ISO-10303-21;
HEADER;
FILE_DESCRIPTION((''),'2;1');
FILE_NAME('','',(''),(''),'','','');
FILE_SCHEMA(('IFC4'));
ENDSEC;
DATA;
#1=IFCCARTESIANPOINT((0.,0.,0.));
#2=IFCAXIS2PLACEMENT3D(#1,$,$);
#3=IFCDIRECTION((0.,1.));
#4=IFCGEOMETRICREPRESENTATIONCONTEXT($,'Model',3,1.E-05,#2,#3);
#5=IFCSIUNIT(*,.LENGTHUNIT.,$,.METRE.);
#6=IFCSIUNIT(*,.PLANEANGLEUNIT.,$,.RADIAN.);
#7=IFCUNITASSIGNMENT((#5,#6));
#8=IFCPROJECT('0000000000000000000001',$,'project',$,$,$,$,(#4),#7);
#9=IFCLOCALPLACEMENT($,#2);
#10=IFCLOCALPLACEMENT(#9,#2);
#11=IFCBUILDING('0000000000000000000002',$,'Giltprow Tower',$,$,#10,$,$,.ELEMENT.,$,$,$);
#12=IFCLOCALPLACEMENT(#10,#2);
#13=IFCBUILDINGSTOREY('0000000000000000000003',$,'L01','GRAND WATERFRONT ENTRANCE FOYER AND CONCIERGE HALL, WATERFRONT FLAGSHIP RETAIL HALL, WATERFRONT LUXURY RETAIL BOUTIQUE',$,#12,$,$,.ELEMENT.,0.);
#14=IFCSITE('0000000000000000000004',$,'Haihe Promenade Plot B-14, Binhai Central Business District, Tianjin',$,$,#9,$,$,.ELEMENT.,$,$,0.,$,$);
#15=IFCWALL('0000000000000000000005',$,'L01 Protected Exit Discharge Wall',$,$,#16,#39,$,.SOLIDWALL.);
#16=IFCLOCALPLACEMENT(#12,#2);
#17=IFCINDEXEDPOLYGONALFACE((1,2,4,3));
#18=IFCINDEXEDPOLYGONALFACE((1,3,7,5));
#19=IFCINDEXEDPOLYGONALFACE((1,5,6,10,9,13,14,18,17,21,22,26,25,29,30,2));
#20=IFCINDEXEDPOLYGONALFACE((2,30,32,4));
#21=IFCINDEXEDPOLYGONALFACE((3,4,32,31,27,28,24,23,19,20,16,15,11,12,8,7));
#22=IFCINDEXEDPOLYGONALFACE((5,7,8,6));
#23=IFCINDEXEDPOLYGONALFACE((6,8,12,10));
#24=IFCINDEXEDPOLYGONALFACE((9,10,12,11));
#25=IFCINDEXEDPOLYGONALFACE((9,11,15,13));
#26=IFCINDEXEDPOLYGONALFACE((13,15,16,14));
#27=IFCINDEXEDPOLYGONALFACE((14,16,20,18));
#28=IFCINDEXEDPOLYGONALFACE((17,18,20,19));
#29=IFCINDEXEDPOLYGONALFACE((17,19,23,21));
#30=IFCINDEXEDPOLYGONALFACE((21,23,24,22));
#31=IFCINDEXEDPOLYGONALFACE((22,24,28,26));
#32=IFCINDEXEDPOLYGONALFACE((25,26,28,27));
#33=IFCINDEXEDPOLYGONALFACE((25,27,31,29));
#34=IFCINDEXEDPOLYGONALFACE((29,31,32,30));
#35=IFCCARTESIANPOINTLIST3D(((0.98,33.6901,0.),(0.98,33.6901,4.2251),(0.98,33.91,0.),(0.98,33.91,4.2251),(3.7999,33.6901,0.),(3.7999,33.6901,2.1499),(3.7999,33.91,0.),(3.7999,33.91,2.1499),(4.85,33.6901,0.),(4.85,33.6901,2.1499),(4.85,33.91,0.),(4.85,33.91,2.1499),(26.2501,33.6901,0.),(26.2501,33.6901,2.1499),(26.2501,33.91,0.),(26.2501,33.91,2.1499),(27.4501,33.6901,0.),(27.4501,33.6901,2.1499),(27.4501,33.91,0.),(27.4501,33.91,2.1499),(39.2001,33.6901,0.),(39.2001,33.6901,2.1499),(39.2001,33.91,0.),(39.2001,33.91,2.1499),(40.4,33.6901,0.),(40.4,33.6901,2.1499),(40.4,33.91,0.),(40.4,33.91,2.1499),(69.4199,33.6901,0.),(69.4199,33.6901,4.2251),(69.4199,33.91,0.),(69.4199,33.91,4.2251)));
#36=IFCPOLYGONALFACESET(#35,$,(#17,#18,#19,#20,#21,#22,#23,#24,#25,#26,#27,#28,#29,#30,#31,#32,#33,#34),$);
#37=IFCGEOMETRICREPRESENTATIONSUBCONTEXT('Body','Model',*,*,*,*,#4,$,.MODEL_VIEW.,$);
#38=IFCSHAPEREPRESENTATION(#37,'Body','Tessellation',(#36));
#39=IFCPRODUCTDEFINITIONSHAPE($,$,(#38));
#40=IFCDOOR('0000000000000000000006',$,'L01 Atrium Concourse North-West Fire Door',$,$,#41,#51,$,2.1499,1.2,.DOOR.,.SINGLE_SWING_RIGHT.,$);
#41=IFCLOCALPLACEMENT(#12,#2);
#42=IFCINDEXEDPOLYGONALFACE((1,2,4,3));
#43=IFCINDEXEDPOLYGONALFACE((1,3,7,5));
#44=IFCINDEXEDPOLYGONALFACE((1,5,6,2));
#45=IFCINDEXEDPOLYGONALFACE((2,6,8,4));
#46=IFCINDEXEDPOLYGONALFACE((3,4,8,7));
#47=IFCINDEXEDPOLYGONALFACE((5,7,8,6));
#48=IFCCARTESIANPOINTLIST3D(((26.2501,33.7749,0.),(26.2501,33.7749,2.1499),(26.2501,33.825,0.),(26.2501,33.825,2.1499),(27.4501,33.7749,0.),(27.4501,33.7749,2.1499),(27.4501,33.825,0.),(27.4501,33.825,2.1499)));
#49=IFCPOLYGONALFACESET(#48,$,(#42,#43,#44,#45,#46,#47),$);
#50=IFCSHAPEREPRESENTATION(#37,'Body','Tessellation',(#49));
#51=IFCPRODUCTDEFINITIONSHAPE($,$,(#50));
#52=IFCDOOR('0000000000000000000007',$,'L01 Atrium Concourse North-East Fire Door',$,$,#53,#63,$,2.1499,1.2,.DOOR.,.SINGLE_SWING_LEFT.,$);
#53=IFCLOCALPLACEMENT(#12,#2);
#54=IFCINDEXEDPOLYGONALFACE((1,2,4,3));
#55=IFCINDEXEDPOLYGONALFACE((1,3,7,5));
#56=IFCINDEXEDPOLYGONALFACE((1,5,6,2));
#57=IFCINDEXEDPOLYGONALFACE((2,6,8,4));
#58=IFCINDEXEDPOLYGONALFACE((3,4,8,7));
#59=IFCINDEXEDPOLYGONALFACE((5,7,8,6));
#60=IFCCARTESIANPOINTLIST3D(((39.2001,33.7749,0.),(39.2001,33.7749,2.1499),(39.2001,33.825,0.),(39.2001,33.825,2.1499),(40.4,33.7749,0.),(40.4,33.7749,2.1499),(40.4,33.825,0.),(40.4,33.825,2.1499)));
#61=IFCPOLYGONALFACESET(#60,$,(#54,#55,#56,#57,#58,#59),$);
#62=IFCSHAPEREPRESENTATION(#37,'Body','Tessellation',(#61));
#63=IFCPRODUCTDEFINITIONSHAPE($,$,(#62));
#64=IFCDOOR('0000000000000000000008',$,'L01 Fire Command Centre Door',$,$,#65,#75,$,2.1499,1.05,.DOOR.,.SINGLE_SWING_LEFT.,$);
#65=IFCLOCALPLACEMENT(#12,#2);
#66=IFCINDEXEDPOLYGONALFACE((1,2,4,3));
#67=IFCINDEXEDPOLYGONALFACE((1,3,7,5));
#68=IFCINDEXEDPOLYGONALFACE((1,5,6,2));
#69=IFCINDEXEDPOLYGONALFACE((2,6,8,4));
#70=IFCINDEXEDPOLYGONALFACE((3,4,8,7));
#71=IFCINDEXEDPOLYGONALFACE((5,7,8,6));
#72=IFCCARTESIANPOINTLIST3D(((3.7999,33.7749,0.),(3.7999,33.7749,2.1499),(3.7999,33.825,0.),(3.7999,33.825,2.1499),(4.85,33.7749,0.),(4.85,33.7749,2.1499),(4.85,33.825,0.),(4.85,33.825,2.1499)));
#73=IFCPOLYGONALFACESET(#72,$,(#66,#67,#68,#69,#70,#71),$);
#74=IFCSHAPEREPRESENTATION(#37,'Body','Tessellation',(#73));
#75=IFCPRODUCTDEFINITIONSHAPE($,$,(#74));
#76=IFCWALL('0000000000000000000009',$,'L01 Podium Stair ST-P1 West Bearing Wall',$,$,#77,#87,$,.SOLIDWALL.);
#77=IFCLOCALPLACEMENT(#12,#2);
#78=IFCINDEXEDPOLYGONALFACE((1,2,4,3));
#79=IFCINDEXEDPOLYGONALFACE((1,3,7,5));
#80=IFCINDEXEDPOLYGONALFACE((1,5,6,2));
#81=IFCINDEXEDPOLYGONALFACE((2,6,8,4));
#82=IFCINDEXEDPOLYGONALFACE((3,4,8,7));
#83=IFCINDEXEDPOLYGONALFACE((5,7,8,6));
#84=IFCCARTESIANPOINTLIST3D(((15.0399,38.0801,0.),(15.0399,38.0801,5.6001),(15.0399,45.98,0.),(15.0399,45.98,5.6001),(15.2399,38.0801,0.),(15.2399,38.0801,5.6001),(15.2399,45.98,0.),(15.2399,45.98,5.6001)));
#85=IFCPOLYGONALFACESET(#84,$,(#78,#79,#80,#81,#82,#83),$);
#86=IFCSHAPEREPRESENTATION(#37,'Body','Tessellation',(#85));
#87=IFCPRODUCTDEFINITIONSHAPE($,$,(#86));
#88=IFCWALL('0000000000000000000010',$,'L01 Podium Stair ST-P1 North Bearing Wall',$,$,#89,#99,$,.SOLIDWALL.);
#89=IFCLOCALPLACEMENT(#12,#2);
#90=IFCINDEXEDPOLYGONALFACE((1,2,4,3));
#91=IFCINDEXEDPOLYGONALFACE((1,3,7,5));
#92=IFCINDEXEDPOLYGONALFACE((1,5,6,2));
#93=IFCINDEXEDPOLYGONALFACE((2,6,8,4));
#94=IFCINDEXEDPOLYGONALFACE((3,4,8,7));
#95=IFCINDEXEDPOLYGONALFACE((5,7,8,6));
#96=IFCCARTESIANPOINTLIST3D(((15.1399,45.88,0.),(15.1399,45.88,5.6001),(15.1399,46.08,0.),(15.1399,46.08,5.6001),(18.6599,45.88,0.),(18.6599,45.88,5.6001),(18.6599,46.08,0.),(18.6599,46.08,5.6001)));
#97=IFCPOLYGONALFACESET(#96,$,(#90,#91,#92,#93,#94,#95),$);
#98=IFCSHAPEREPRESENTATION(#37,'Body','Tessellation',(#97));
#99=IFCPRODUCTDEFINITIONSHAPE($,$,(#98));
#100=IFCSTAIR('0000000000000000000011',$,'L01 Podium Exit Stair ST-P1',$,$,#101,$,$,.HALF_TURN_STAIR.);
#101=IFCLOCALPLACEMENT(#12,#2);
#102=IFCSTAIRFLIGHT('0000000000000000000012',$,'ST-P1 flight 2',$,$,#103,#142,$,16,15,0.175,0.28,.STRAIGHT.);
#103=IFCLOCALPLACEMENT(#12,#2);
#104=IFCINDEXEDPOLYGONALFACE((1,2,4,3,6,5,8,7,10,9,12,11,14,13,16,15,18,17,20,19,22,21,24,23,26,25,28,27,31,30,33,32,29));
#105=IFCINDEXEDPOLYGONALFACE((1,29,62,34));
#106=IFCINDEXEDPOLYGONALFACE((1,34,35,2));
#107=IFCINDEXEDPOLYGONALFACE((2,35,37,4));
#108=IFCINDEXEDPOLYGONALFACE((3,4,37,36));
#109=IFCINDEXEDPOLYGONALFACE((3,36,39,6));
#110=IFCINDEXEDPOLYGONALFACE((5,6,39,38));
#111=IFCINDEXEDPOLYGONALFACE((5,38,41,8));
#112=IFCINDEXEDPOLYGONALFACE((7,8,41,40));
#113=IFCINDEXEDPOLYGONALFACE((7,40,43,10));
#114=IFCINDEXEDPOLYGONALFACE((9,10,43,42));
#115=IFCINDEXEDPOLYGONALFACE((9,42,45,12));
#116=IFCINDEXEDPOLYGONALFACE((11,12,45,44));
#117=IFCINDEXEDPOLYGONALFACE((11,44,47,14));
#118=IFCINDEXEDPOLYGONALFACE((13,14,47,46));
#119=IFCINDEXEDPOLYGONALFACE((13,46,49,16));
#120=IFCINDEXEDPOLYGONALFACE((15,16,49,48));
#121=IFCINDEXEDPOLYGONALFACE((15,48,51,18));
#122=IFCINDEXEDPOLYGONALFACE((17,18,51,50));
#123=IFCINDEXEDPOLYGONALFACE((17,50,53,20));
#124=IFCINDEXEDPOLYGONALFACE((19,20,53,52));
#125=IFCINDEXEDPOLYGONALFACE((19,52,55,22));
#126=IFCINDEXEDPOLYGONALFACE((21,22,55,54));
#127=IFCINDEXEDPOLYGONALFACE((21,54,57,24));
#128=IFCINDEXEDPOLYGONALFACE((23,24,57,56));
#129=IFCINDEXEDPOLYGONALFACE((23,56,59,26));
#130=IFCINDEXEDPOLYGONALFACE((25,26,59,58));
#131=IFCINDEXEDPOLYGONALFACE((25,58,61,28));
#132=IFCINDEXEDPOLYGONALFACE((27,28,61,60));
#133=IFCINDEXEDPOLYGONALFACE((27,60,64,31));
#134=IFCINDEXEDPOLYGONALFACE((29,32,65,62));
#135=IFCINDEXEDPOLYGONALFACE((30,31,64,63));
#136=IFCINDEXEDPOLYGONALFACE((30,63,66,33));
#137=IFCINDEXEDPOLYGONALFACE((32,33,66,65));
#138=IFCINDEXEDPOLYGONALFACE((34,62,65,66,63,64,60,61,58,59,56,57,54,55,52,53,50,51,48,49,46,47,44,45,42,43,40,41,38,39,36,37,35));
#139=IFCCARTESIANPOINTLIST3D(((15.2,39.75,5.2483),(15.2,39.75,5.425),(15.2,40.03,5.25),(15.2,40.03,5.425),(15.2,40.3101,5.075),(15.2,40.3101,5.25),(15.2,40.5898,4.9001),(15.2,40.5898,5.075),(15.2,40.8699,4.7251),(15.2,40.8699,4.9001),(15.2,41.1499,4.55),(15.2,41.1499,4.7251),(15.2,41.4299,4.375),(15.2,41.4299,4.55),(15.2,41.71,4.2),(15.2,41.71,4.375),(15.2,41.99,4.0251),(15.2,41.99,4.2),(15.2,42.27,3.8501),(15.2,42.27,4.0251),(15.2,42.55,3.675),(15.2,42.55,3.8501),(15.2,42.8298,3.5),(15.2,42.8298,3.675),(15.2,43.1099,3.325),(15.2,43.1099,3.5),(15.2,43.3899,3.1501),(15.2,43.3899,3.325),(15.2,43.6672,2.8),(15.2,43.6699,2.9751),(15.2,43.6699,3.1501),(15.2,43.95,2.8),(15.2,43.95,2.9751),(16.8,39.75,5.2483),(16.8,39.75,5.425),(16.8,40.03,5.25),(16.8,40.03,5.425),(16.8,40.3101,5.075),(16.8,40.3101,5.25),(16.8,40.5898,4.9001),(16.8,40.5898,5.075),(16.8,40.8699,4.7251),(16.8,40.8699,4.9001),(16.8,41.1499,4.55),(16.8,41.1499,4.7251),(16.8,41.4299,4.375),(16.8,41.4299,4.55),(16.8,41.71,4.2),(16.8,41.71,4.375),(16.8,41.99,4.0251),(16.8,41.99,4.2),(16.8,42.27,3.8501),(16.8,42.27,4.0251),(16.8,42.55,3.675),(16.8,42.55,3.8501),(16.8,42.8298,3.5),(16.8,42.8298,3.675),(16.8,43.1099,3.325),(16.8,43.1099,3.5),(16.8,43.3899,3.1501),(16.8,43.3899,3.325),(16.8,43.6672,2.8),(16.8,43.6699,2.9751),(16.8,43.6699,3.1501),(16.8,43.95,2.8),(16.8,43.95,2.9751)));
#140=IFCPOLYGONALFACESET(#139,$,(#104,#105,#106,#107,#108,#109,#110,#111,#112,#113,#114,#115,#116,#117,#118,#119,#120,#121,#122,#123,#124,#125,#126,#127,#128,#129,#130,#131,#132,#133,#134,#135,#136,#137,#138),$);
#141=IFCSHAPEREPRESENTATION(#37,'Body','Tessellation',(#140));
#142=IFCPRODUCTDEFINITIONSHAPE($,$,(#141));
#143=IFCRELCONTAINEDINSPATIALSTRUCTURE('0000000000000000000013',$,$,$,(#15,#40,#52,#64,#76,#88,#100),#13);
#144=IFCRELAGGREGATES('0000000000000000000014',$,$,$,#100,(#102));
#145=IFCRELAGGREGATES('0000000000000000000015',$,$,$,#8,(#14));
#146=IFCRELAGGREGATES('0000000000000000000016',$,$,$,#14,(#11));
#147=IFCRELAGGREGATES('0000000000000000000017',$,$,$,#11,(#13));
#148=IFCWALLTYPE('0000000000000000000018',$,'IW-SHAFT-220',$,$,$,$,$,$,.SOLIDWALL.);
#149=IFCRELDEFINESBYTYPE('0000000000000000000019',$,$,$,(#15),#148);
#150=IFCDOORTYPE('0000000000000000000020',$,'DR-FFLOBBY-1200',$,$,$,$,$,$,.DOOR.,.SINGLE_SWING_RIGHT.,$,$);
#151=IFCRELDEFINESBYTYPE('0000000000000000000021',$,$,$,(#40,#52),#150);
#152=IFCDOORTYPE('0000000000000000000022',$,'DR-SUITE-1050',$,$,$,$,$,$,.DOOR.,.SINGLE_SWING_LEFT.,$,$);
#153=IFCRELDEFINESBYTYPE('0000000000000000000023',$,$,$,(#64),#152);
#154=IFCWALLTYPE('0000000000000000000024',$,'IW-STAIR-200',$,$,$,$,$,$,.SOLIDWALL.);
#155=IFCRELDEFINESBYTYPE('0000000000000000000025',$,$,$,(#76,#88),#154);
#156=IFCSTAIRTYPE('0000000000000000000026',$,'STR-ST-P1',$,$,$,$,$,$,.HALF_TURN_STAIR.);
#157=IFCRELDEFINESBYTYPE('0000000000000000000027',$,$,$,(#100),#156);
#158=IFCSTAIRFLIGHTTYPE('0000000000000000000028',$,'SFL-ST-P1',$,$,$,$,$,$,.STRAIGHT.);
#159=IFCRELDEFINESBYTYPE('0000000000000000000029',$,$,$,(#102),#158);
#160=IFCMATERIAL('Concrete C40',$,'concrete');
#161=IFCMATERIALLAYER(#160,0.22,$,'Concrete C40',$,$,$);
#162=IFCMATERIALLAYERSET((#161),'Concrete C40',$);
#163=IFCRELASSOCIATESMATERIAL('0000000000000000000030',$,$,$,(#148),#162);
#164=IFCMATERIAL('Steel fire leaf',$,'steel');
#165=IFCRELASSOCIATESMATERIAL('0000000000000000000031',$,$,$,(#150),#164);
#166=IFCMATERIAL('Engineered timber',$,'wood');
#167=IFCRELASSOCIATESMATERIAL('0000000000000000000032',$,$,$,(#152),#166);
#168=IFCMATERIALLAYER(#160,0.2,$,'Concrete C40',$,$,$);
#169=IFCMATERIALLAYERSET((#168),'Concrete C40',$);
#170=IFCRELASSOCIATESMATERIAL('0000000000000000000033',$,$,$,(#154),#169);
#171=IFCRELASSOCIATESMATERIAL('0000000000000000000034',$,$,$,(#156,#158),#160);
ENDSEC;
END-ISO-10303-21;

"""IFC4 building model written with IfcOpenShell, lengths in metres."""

from ifc_helpers import new_model, si_unit, direction, frame, frame_2d, origin, place, context, subcontext, project, spatial, polyline, rectangle, outline, extrude, source, transform, mapped, material, layer, layer_set, type_object, element, fill, aggregate, save


model = new_model("IFC4")

# Units and contexts
model_context = context("Model", 3, precision=1e-05, world=origin(), true_north=direction((0.0, 1.0)))
body_context = subcontext(model_context, "Body", "Model", "MODEL_VIEW")
ifc_project = project(units=[si_unit("LENGTHUNIT", "METRE"), si_unit("PLANEANGLEUNIT", "RADIAN")], contexts=[model_context])

# Site, building, storey
site_placement = place(None, origin())
site = spatial("IfcSite", under=ifc_project, at=site_placement, Name="Haihe Promenade Plot B-14, Binhai Central Business District, Tianjin", CompositionType="ELEMENT", RefElevation=0.0)
building_placement = place(site_placement, origin())
building = spatial("IfcBuilding", under=site, at=building_placement, Name="Giltprow Tower", CompositionType="ELEMENT")
storey_placement = place(building_placement, origin())
storey = spatial("IfcBuildingStorey", under=building, at=storey_placement, Name="L01", Description="GRAND WATERFRONT ENTRANCE FOYER AND CONCIERGE HALL, WATERFRONT FLAGSHIP RETAIL HALL, WATERFRONT LUXURY RETAIL BOUTIQUE", CompositionType="ELEMENT", Elevation=0.0)

# Shared definitions
ifc_material_1 = material(Name="Steel fire leaf", Category="steel")

# Shared definitions
ifc_material_2 = material(Name="Concrete C40", Category="concrete")
ifc_layer_1 = layer(ifc_material_2, 0.22, Name="Concrete C40")
ifc_layer_set_1 = layer_set([ifc_layer_1], Name="Concrete C40")
wall_type_1 = type_object("IfcWallType", Name="IW-SHAFT-220", PredefinedType="SOLIDWALL", material=ifc_layer_set_1)

# Wall, openings, doors
wall_1_placement = place(storey_placement, frame((0.98, 33.8, 0.0), z_axis=(0.0, 0.0, 1.0), x_axis=(1.0, 0.0, 0.0)))
wall_1 = element("IfcWall", 1, at=wall_1_placement, inside=storey, type_object=wall_type_1, Name="L01 Protected Exit Discharge Wall", PredefinedType="SOLIDWALL", context=body_context, shape_type="SweptSolid", body=[
    extrude(rectangle(XDim=68.4399, YDim=0.22, at=frame_2d((34.22, 0.0))), origin(), (0.0, 0.0, 1.0), 4.2251),
])
opening_1_placement = place(wall_1_placement, frame((25.27, 0.0, 0.0)))
opening_1 = element("IfcOpeningElement", 2, at=opening_1_placement, cuts=wall_1, PredefinedType="OPENING", context=body_context, shape_type="SweptSolid", body=[
    extrude(rectangle(XDim=1.2, YDim=2.1499, at=frame_2d((0.6001, 1.075))), frame((0.0, 0.1199, 0.0), z_axis=(0.0, -1.0, 0.0), x_axis=(1.0, 0.0, 0.0)), (0.0, 0.0, 1.0), 0.24),
])
opening_2_placement = place(wall_1_placement, frame((38.22, 0.0, 0.0)))
opening_2 = element("IfcOpeningElement", 3, at=opening_2_placement, cuts=wall_1, PredefinedType="OPENING", context=body_context, shape_type="SweptSolid", body=[
    extrude(rectangle(XDim=1.2, YDim=2.1499, at=frame_2d((0.6001, 1.075))), frame((0.0, 0.1199, 0.0), z_axis=(0.0, -1.0, 0.0), x_axis=(1.0, 0.0, 0.0)), (0.0, 0.0, 1.0), 0.24),
])
opening_3_placement = place(wall_1_placement, frame((2.8201, 0.0, 0.0)))
opening_3 = element("IfcOpeningElement", 4, at=opening_3_placement, cuts=wall_1, PredefinedType="OPENING", context=body_context, shape_type="SweptSolid", body=[
    extrude(rectangle(XDim=1.05, YDim=2.1499, at=frame_2d((0.5249, 1.075))), frame((0.0, 0.1199, 0.0), z_axis=(0.0, -1.0, 0.0), x_axis=(1.0, 0.0, 0.0)), (0.0, 0.0, 1.0), 0.24),
])
door_type_1 = type_object("IfcDoorType", Name="DR-FFLOBBY-1200", OperationType="SINGLE_SWING_RIGHT", PredefinedType="DOOR", material=ifc_material_1)
shared_shape_1 = source(origin(), body_context, "Body", "SweptSolid", [
    extrude(rectangle(XDim=1.2, YDim=2.1499, at=frame_2d((0.6001, 1.075))), frame((0.0, 0.0249, 0.0), z_axis=(0.0, -1.0, 0.0), x_axis=(1.0, 0.0, 0.0)), (0.0, 0.0, 1.0), 0.05),
])
door_1_placement = place(opening_1_placement, origin())
door_1 = element("IfcDoor", 5, at=door_1_placement, inside=storey, type_object=door_type_1, Name="L01 Atrium Concourse North-West Fire Door", OperationType="SINGLE_SWING_RIGHT", OverallHeight=2.1499, OverallWidth=1.2, PredefinedType="DOOR", context=body_context, shape_type="MappedRepresentation", body=[
    mapped(shared_shape_1, transform((0.0, 0.0, 0.0), x_axis=(1.0, 0.0, 0.0), y_axis=(0.0, 1.0, 0.0), z_axis=(0.0, 0.0, 1.0), scale=1.0)),
])
fill(opening_1, door_1)
door_2_placement = place(opening_2_placement, origin())
door_2 = element("IfcDoor", 6, at=door_2_placement, inside=storey, type_object=door_type_1, Name="L01 Atrium Concourse North-East Fire Door", OperationType="SINGLE_SWING_LEFT", OverallHeight=2.1499, OverallWidth=1.2, PredefinedType="DOOR", context=body_context, shape_type="MappedRepresentation", body=[
    mapped(shared_shape_1, transform((0.0, 0.0, 0.0), x_axis=(1.0, 0.0, 0.0), y_axis=(0.0, 1.0, 0.0), z_axis=(0.0, 0.0, 1.0), scale=1.0)),
])
fill(opening_2, door_2)
ifc_material_3 = material(Name="Engineered timber", Category="wood")
door_type_2 = type_object("IfcDoorType", Name="DR-SUITE-1050", OperationType="SINGLE_SWING_LEFT", PredefinedType="DOOR", material=ifc_material_3)
shared_shape_2 = source(origin(), body_context, "Body", "SweptSolid", [
    extrude(rectangle(XDim=1.05, YDim=2.1499, at=frame_2d((0.5249, 1.075))), frame((0.0, 0.0249, 0.0), z_axis=(0.0, -1.0, 0.0), x_axis=(1.0, 0.0, 0.0)), (0.0, 0.0, 1.0), 0.05),
])
door_3_placement = place(opening_3_placement, origin())
door_3 = element("IfcDoor", 7, at=door_3_placement, inside=storey, type_object=door_type_2, Name="L01 Fire Command Centre Door", OperationType="SINGLE_SWING_LEFT", OverallHeight=2.1499, OverallWidth=1.05, PredefinedType="DOOR", context=body_context, shape_type="MappedRepresentation", body=[
    mapped(shared_shape_2, transform((0.0, 0.0, 0.0), x_axis=(1.0, 0.0, 0.0), y_axis=(0.0, 1.0, 0.0), z_axis=(0.0, 0.0, 1.0), scale=1.0)),
])
fill(opening_3, door_3)

# Walls
ifc_layer_2 = layer(ifc_material_2, 0.2, Name="Concrete C40")
ifc_layer_set_2 = layer_set([ifc_layer_2], Name="Concrete C40")
wall_type_2 = type_object("IfcWallType", Name="IW-STAIR-200", PredefinedType="SOLIDWALL", material=ifc_layer_set_2)
wall_2_placement = place(storey_placement, frame((15.1399, 38.0801, 0.0), z_axis=(0.0, 0.0, 1.0), x_axis=(0.0, 1.0, 0.0)))
element("IfcWall", 8, at=wall_2_placement, inside=storey, type_object=wall_type_2, Name="L01 Podium Stair ST-P1 West Bearing Wall", PredefinedType="SOLIDWALL", context=body_context, shape_type="SweptSolid", body=[
    extrude(rectangle(XDim=7.8999, YDim=0.2, at=frame_2d((3.95, 0.0))), origin(), (0.0, 0.0, 1.0), 5.6001),
])
wall_3_placement = place(storey_placement, frame((15.1399, 45.98, 0.0), z_axis=(0.0, 0.0, 1.0), x_axis=(1.0, 0.0, 0.0)))
element("IfcWall", 9, at=wall_3_placement, inside=storey, type_object=wall_type_2, Name="L01 Podium Stair ST-P1 North Bearing Wall", PredefinedType="SOLIDWALL", context=body_context, shape_type="SweptSolid", body=[
    extrude(rectangle(XDim=3.52, YDim=0.2, at=frame_2d((1.76, 0.0))), origin(), (0.0, 0.0, 1.0), 5.6001),
])

# Stair, stair flight
stair_type = type_object("IfcStairType", Name="STR-ST-P1", PredefinedType="HALF_TURN_STAIR", material=ifc_material_2)
stair_placement = place(storey_placement, origin())
stair = element("IfcStair", 10, at=stair_placement, inside=storey, type_object=stair_type, Name="L01 Podium Exit Stair ST-P1", PredefinedType="HALF_TURN_STAIR")
stair_flight_type = type_object("IfcStairFlightType", Name="SFL-ST-P1", PredefinedType="STRAIGHT", material=ifc_material_2)
stair_flight_placement = place(storey_placement, frame((16.0, 43.95, 2.8), z_axis=(0.0, 0.0, 1.0), x_axis=(0.0, -1.0, 0.0)))
stair_flight = element("IfcStairFlight", 11, at=stair_flight_placement, type_object=stair_flight_type, Name="ST-P1 flight 2", NumberOfRisers=16, NumberOfTreads=15, PredefinedType="STRAIGHT", RiserHeight=0.175, TreadLength=0.28, context=body_context, shape_type="SweptSolid", body=[
    extrude(outline(polyline([(0.0, 0.0), (0.0, 0.175), (0.28, 0.175), (0.28, 0.3501), (0.5601, 0.3501), (0.5601, 0.5249), (0.8401, 0.5249), (0.8401, 0.7), (1.1201, 0.7), (1.1201, 0.875), (1.3999, 0.875), (1.3999, 1.05), (1.6799, 1.05), (1.6799, 1.2251), (1.96, 1.2251), (1.96, 1.3999), (2.24, 1.3999), (2.24, 1.575), (2.52, 1.575), (2.52, 1.75), (2.8, 1.75), (2.8, 1.925), (3.0801, 1.925), (3.0801, 2.1001), (3.3601, 2.1001), (3.3601, 2.2749), (3.6399, 2.2749), (3.6399, 2.45), (3.9199, 2.45), (3.9199, 2.625), (4.2, 2.625), (4.2, 2.8), (4.2, 2.4482), (0.2827, 0.0), (0.0, 0.0)])), frame((0.0, 0.8, 0.0), z_axis=(0.0, -1.0, 0.0), x_axis=(1.0, 0.0, 0.0)), (0.0, 0.0, 1.0), 1.6001),
])
aggregate(stair, [stair_flight])

save(model, "model.ifc")
